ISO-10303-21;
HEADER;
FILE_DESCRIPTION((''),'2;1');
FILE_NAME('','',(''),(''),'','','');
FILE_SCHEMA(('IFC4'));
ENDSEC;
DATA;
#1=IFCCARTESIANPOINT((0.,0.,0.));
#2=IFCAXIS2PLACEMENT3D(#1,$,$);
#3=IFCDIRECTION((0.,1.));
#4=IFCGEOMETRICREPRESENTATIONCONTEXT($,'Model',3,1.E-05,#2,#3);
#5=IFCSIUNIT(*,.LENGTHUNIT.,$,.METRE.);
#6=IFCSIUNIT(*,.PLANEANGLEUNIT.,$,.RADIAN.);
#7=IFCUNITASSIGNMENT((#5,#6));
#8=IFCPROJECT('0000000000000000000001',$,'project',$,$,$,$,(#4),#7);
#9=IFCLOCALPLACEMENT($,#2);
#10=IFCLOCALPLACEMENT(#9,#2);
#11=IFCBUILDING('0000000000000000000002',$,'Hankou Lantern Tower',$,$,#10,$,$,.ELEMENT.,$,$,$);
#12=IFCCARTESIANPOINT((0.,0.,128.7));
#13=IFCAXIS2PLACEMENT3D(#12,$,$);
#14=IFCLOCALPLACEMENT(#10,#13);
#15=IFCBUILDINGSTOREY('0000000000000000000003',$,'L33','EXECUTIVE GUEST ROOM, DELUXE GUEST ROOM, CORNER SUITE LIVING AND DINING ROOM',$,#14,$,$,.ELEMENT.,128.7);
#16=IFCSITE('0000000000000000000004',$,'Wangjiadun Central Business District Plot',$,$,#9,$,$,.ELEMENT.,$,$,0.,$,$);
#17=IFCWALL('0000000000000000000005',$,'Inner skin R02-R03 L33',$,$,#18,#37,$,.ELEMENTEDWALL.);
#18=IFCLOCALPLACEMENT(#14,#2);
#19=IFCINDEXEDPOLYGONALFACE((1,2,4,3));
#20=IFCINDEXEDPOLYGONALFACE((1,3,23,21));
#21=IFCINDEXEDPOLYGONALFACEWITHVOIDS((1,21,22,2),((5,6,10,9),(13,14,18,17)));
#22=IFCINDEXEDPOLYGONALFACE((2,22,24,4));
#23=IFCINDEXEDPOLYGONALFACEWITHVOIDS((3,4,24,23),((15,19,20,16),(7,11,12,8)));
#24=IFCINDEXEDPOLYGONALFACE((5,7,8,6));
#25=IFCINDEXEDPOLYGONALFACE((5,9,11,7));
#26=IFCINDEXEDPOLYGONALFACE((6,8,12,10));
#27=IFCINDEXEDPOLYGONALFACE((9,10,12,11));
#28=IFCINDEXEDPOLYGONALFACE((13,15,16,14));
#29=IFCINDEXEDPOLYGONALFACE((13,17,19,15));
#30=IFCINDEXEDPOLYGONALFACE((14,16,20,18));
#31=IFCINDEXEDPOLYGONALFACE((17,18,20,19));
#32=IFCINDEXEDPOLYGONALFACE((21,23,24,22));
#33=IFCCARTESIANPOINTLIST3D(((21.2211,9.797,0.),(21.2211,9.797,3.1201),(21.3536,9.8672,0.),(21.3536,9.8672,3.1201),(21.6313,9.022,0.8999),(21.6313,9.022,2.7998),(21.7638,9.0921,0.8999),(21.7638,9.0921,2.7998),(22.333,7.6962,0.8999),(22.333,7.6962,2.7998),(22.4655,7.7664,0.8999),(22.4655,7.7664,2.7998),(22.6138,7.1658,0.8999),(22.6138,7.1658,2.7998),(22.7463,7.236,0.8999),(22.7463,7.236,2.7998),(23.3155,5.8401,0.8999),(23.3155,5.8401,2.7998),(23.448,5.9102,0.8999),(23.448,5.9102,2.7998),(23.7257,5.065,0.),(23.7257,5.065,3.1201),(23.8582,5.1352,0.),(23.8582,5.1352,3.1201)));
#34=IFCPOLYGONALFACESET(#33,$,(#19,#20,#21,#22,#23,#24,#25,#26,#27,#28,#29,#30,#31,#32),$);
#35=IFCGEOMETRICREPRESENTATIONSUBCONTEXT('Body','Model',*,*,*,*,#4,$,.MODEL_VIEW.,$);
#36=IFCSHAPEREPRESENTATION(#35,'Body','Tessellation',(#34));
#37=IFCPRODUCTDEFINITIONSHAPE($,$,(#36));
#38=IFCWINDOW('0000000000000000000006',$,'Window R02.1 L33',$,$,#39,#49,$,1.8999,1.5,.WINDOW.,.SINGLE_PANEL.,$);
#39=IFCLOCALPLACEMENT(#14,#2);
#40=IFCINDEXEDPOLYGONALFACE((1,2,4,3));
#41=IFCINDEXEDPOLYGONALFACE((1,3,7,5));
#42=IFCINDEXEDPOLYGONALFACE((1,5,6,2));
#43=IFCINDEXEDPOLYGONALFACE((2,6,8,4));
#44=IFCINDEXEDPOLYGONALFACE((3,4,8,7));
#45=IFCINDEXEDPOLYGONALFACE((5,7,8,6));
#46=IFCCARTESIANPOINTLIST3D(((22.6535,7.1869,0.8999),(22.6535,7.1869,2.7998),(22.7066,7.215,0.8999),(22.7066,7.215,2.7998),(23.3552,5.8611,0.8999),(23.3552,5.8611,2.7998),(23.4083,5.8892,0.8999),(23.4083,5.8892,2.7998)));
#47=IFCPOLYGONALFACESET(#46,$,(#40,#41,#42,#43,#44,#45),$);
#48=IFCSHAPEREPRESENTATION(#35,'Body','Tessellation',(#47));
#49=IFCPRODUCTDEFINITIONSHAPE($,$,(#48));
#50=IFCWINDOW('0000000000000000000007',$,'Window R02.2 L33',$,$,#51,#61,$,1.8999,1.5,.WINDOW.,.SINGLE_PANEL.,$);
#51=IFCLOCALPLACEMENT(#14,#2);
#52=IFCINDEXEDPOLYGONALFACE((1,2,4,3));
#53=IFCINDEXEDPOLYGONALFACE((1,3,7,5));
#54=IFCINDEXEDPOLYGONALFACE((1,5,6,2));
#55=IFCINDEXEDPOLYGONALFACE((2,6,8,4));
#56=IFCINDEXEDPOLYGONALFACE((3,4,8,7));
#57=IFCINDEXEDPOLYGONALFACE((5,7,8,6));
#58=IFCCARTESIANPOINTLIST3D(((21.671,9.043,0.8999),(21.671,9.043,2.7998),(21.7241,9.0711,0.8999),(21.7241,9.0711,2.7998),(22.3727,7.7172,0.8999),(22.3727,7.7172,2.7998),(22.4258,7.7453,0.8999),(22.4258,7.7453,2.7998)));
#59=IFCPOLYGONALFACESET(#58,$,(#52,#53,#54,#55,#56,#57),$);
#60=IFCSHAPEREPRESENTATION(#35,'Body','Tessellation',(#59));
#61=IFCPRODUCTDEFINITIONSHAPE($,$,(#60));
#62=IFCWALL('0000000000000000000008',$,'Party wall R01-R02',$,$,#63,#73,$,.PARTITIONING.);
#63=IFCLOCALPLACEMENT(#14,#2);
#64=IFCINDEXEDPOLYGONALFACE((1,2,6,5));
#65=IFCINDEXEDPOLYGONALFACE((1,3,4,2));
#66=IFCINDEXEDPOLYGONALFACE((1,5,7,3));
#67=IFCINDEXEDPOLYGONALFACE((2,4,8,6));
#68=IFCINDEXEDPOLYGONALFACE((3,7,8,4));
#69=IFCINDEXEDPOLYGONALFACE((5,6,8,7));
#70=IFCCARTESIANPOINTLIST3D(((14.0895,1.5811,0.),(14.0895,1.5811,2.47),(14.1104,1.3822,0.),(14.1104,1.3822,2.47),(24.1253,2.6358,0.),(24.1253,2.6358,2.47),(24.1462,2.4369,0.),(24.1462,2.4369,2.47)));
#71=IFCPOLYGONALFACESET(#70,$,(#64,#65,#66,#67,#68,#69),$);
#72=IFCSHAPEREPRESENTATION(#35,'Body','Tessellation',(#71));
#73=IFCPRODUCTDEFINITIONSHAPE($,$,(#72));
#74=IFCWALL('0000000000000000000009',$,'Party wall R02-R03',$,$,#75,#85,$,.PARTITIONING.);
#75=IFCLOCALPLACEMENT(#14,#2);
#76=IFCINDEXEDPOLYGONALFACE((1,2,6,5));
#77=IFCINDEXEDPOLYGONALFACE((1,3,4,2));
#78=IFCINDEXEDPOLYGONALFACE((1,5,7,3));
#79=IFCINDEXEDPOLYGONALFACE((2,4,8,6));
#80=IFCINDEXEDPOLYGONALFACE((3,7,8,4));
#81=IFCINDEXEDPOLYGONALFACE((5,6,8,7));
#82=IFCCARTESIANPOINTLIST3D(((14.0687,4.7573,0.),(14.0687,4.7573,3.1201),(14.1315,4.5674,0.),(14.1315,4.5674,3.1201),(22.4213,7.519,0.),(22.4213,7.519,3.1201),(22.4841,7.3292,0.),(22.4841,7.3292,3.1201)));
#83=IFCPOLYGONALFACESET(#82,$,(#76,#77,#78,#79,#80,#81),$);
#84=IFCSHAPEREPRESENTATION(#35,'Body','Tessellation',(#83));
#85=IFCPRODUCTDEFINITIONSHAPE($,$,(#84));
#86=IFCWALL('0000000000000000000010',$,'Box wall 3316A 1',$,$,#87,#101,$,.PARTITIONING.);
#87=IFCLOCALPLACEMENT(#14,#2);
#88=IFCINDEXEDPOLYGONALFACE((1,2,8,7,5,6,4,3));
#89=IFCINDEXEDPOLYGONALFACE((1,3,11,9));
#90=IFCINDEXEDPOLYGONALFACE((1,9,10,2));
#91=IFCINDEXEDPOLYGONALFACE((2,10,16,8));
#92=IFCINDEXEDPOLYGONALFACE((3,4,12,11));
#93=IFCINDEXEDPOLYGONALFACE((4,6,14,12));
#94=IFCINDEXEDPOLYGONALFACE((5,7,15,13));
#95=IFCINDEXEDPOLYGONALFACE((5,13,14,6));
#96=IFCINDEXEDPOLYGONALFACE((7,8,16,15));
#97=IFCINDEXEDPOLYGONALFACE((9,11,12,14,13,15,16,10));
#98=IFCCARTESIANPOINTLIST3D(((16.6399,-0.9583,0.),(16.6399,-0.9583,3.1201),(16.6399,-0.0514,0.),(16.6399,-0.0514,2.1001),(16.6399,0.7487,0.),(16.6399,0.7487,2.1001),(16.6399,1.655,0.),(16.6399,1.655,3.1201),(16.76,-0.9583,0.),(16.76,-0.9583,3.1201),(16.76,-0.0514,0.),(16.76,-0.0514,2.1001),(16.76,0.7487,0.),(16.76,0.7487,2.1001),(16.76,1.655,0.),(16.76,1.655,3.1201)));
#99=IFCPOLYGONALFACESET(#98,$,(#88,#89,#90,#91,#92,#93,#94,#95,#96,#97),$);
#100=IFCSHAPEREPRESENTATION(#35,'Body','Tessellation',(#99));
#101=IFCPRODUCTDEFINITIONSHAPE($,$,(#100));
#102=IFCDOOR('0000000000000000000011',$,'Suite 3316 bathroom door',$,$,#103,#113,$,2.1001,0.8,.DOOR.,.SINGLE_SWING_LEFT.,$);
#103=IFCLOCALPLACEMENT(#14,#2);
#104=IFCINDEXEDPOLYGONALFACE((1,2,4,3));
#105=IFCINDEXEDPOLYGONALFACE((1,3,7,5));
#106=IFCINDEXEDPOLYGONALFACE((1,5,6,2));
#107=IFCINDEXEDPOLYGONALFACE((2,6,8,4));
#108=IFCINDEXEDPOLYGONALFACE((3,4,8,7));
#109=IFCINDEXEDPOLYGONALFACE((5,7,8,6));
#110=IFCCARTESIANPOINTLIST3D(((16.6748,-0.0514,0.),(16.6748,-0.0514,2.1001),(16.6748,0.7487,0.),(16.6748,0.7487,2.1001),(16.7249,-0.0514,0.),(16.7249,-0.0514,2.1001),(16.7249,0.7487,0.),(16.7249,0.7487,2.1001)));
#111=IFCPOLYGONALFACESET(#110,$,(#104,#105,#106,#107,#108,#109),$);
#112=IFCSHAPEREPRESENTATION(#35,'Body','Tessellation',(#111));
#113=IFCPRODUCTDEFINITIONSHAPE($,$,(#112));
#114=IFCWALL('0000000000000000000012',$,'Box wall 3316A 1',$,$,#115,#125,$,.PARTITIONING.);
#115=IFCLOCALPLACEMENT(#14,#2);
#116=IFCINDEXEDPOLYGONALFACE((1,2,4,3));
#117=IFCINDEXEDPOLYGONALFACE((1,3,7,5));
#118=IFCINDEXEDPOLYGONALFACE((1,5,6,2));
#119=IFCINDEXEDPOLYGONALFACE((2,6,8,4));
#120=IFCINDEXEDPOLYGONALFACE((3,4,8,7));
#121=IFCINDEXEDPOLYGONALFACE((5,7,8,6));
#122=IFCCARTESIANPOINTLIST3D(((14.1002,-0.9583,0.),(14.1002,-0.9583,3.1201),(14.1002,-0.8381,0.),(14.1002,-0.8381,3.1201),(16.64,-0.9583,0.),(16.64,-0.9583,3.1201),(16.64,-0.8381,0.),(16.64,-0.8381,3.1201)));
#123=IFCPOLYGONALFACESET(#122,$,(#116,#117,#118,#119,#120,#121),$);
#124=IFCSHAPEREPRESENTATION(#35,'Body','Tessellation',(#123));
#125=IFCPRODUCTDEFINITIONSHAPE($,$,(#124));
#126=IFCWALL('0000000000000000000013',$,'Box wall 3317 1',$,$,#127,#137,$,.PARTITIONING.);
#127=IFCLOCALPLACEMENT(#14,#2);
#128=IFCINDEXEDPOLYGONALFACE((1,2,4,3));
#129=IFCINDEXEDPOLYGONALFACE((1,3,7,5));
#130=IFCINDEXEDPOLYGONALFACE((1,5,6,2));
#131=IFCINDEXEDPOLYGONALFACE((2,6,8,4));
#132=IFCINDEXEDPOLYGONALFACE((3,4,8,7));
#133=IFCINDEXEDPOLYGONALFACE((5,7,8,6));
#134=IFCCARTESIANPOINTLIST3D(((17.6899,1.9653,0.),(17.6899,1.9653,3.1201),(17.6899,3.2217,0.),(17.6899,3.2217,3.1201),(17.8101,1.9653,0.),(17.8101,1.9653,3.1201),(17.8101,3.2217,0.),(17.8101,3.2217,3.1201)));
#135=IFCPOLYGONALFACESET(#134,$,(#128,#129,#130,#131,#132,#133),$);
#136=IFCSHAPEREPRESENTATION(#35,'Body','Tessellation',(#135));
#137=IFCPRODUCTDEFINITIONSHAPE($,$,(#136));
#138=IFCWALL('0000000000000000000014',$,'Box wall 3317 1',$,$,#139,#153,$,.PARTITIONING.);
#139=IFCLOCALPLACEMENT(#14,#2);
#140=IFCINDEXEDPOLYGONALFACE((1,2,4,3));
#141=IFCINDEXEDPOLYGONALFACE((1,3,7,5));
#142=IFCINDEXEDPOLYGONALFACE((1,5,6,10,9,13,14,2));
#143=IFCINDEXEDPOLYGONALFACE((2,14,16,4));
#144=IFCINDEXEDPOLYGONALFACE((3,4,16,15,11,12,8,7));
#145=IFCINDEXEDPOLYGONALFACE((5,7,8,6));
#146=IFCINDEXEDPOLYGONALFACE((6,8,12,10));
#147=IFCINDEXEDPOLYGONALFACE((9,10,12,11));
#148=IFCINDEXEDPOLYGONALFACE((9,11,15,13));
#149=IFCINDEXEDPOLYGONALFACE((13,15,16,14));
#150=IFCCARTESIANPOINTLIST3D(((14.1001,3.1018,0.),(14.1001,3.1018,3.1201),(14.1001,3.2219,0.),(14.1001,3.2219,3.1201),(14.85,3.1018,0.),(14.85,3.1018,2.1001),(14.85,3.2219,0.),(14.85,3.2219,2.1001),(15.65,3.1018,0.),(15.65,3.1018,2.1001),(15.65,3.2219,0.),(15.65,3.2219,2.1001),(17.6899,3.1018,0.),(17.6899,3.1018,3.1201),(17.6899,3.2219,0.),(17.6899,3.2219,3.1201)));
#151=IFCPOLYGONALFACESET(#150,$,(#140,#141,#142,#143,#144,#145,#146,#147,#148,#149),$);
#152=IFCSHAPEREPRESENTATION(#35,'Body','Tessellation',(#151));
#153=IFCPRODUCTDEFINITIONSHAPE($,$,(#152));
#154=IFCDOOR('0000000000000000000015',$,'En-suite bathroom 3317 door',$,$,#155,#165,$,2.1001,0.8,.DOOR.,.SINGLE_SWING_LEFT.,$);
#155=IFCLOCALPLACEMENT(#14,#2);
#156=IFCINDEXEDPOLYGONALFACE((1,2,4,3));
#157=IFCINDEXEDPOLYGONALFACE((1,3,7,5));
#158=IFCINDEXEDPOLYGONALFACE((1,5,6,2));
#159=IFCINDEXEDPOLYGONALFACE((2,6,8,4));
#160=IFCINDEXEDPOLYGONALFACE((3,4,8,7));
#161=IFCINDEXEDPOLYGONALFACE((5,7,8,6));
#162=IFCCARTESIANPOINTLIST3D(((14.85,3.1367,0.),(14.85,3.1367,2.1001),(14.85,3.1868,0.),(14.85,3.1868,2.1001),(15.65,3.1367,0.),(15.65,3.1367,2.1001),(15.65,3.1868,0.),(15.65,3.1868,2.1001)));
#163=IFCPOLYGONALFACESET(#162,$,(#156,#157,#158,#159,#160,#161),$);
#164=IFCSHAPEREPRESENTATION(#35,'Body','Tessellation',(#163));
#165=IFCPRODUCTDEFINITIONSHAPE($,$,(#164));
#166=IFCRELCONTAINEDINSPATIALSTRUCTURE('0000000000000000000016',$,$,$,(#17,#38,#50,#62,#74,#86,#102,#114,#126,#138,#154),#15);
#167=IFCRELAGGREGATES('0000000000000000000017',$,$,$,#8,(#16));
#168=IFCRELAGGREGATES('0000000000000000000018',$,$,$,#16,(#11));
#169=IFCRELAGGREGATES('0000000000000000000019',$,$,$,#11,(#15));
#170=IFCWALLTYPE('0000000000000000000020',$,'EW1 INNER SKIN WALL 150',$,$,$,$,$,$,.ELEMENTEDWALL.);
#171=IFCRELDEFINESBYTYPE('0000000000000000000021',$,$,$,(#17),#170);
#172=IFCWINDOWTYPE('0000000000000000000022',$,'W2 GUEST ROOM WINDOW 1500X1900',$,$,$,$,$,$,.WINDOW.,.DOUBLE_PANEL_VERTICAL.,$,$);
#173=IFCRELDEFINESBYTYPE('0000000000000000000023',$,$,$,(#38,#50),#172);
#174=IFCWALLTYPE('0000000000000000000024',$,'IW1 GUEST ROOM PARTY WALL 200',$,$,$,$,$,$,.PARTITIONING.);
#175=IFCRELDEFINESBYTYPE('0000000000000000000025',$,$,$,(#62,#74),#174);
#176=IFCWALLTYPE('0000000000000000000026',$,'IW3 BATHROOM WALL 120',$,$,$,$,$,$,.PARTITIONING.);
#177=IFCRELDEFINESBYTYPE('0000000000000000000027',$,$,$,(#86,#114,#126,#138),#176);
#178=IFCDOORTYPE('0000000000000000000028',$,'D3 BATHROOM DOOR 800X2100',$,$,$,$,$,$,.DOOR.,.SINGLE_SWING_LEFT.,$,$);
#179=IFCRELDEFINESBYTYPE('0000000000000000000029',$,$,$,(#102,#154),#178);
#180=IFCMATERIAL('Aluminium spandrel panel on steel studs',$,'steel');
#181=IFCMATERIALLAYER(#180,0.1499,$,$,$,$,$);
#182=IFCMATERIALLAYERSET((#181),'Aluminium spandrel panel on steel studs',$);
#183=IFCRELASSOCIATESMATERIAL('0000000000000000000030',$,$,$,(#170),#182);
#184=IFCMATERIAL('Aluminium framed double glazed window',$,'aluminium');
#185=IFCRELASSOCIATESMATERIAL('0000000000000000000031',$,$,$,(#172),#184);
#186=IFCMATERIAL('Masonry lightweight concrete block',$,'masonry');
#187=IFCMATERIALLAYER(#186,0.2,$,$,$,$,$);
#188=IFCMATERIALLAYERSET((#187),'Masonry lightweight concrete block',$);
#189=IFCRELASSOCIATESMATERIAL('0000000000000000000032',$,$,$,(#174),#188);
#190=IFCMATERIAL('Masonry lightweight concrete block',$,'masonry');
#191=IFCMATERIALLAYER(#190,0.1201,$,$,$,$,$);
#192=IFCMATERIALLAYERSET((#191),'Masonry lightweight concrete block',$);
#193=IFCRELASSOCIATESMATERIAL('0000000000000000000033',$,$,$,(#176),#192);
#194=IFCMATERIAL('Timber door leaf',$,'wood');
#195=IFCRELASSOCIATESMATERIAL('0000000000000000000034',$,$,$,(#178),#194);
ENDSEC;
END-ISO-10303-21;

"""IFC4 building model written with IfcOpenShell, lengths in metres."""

from ifc_helpers import new_model, si_unit, direction, frame, frame_2d, origin, place, context, subcontext, project, spatial, rectangle, extrude, material, layer, layer_set, type_object, element, fill, save


model = new_model("IFC4")

# Units and contexts
model_context = context("Model", 3, precision=1e-05, world=origin(), true_north=direction((0.0, 1.0)))
body_context = subcontext(model_context, "Body", "Model", "MODEL_VIEW")
ifc_project = project(units=[si_unit("LENGTHUNIT", "METRE"), si_unit("PLANEANGLEUNIT", "RADIAN")], contexts=[model_context])

# Site, building, storey
site_placement = place(None, origin())
site = spatial("IfcSite", under=ifc_project, at=site_placement, Name="Wangjiadun Central Business District Plot", CompositionType="ELEMENT", RefElevation=0.0)
building_placement = place(site_placement, origin())
building = spatial("IfcBuilding", under=site, at=building_placement, Name="Hankou Lantern Tower", CompositionType="ELEMENT")
storey_placement = place(building_placement, frame((0.0, 0.0, 128.7)))
storey = spatial("IfcBuildingStorey", under=building, at=storey_placement, Name="L33", Description="EXECUTIVE GUEST ROOM, DELUXE GUEST ROOM, CORNER SUITE LIVING AND DINING ROOM", CompositionType="ELEMENT", Elevation=128.7)

# Wall, openings, windows
ifc_material_1 = material(Name="Aluminium spandrel panel on steel studs", Category="steel")
ifc_layer_1 = layer(ifc_material_1, 0.1499)
ifc_layer_set_1 = layer_set([ifc_layer_1], Name="Aluminium spandrel panel on steel studs")
wall_type_1 = type_object("IfcWallType", Name="EW1 INNER SKIN WALL 150", PredefinedType="ELEMENTEDWALL", material=ifc_layer_set_1)
ifc_material_2 = material(Name="Aluminium framed double glazed window", Category="aluminium")
window_type = type_object("IfcWindowType", Name="W2 GUEST ROOM WINDOW 1500X1900", PartitioningType="DOUBLE_PANEL_VERTICAL", PredefinedType="WINDOW", material=ifc_material_2)
wall_1_placement = place(storey_placement, frame((23.792, 5.1001, 0.0), z_axis=(0.0, 0.0, 1.0), x_axis=(-0.467814, 0.883827, 0.0)))
wall_1 = element("IfcWall", 1, at=wall_1_placement, inside=storey, type_object=wall_type_1, Name="Inner skin R02-R03 L33", PredefinedType="ELEMENTEDWALL", context=body_context, shape_type="SweptSolid", body=[
    extrude(rectangle(XDim=5.354, YDim=0.1499, at=frame_2d((2.677, 0.0))), origin(), (0.0, 0.0, 1.0), 3.1201),
])
opening_1_placement = place(wall_1_placement, frame((0.877, 0.0, 0.8999)))
opening_1 = element("IfcOpeningElement", 2, at=opening_1_placement, cuts=wall_1, PredefinedType="OPENING", context=body_context, shape_type="SweptSolid", body=[
    extrude(rectangle(XDim=1.5, YDim=1.8999, at=frame_2d((0.75, 0.95))), frame((0.0, 0.085, 0.0), z_axis=(0.0, -1.0, 0.0), x_axis=(1.0, 0.0, 0.0)), (0.0, 0.0, 1.0), 0.1699),
])
opening_2_placement = place(wall_1_placement, frame((2.9771, 0.0, 0.8999)))
opening_2 = element("IfcOpeningElement", 3, at=opening_2_placement, cuts=wall_1, PredefinedType="OPENING", context=body_context, shape_type="SweptSolid", body=[
    extrude(rectangle(XDim=1.5, YDim=1.8999, at=frame_2d((0.75, 0.95))), frame((0.0, 0.085, 0.0), z_axis=(0.0, -1.0, 0.0), x_axis=(1.0, 0.0, 0.0)), (0.0, 0.0, 1.0), 0.1699),
])
window_1_placement = place(opening_1_placement, origin())
window_1 = element("IfcWindow", 4, at=window_1_placement, inside=storey, type_object=window_type, Name="Window R02.1 L33", OverallHeight=1.8999, OverallWidth=1.5, PartitioningType="SINGLE_PANEL", PredefinedType="WINDOW", context=body_context, shape_type="SweptSolid", body=[
    extrude(rectangle(XDim=1.5, YDim=1.8999, at=frame_2d((0.75, 0.95))), frame((0.0, 0.03, 0.0), z_axis=(0.0, -1.0, 0.0), x_axis=(1.0, 0.0, 0.0)), (0.0, 0.0, 1.0), 0.0601),
])
fill(opening_1, window_1)
window_2_placement = place(opening_2_placement, origin())
window_2 = element("IfcWindow", 5, at=window_2_placement, inside=storey, type_object=window_type, Name="Window R02.2 L33", OverallHeight=1.8999, OverallWidth=1.5, PartitioningType="SINGLE_PANEL", PredefinedType="WINDOW", context=body_context, shape_type="SweptSolid", body=[
    extrude(rectangle(XDim=1.5, YDim=1.8999, at=frame_2d((0.75, 0.95))), frame((0.0, 0.03, 0.0), z_axis=(0.0, -1.0, 0.0), x_axis=(1.0, 0.0, 0.0)), (0.0, 0.0, 1.0), 0.0601),
])
fill(opening_2, window_2)

# Walls
ifc_material_3 = material(Name="Masonry lightweight concrete block", Category="masonry")
ifc_layer_2 = layer(ifc_material_3, 0.2)
ifc_layer_set_2 = layer_set([ifc_layer_2], Name="Masonry lightweight concrete block")
wall_type_2 = type_object("IfcWallType", Name="IW1 GUEST ROOM PARTY WALL 200", PredefinedType="PARTITIONING", material=ifc_layer_set_2)
wall_2_placement = place(storey_placement, frame((14.1001, 1.4817, 0.0), z_axis=(0.0, 0.0, 1.0), x_axis=(0.994523, 0.104516, 0.0)))
element("IfcWall", 6, at=wall_2_placement, inside=storey, type_object=wall_type_2, Name="Party wall R01-R02", PredefinedType="PARTITIONING", context=body_context, shape_type="SweptSolid", body=[
    extrude(rectangle(XDim=10.0911, YDim=0.2, at=frame_2d((5.0454, 0.0))), origin(), (0.0, 0.0, 1.0), 2.47),
])
wall_3_placement = place(storey_placement, frame((14.1001, 4.6624, 0.0), z_axis=(0.0, 0.0, 1.0), x_axis=(0.949446, 0.313929, 0.0)))
element("IfcWall", 7, at=wall_3_placement, inside=storey, type_object=wall_type_2, Name="Party wall R02-R03", PredefinedType="PARTITIONING", context=body_context, shape_type="SweptSolid", body=[
    extrude(rectangle(XDim=8.7974, YDim=0.2, at=frame_2d((4.3987, 0.0))), origin(), (0.0, 0.0, 1.0), 3.1201),
])

# Wall, opening, door
ifc_material_4 = material(Name="Masonry lightweight concrete block", Category="masonry")
ifc_layer_3 = layer(ifc_material_4, 0.1201)
ifc_layer_set_3 = layer_set([ifc_layer_3], Name="Masonry lightweight concrete block")
wall_type_3 = type_object("IfcWallType", Name="IW3 BATHROOM WALL 120", PredefinedType="PARTITIONING", material=ifc_layer_set_3)
wall_4_placement = place(storey_placement, frame((16.7, 1.655, 0.0), z_axis=(0.0, 0.0, 1.0), x_axis=(0.0, -1.0, 0.0)))
wall_4 = element("IfcWall", 8, at=wall_4_placement, inside=storey, type_object=wall_type_3, Name="Box wall 3316A 1", PredefinedType="PARTITIONING", context=body_context, shape_type="SweptSolid", body=[
    extrude(rectangle(XDim=2.6133, YDim=0.1201, at=frame_2d((1.3066, 0.0))), origin(), (0.0, 0.0, 1.0), 3.1201),
])
opening_3_placement = place(wall_4_placement, frame((0.9065, 0.0, 0.0)))
opening_3 = element("IfcOpeningElement", 9, at=opening_3_placement, cuts=wall_4, PredefinedType="OPENING", context=body_context, shape_type="SweptSolid", body=[
    extrude(rectangle(XDim=0.8, YDim=2.1001, at=frame_2d((0.3999, 1.05))), frame((0.0, 0.0701, 0.0), z_axis=(0.0, -1.0, 0.0), x_axis=(1.0, 0.0, 0.0)), (0.0, 0.0, 1.0), 0.1401),
])
ifc_material_5 = material(Name="Timber door leaf", Category="wood")
door_type = type_object("IfcDoorType", Name="D3 BATHROOM DOOR 800X2100", OperationType="SINGLE_SWING_LEFT", PredefinedType="DOOR", material=ifc_material_5)
door_1_placement = place(opening_3_placement, origin())
door_1 = element("IfcDoor", 10, at=door_1_placement, inside=storey, type_object=door_type, Name="Suite 3316 bathroom door", OperationType="SINGLE_SWING_LEFT", OverallHeight=2.1001, OverallWidth=0.8, PredefinedType="DOOR", context=body_context, shape_type="SweptSolid", body=[
    extrude(rectangle(XDim=0.8, YDim=2.1001, at=frame_2d((0.3999, 1.05))), frame((0.0, 0.0249, 0.0), z_axis=(0.0, -1.0, 0.0), x_axis=(1.0, 0.0, 0.0)), (0.0, 0.0, 1.0), 0.05),
])
fill(opening_3, door_1)

# Walls
wall_5_placement = place(storey_placement, frame((14.1001, -0.8982, 0.0), z_axis=(0.0, 0.0, 1.0), x_axis=(1.0, 0.0, 0.0)))
element("IfcWall", 11, at=wall_5_placement, inside=storey, type_object=wall_type_3, Name="Box wall 3316A 1", PredefinedType="PARTITIONING", context=body_context, shape_type="SweptSolid", body=[
    extrude(rectangle(XDim=2.5398, YDim=0.1201, at=frame_2d((1.27, 0.0))), origin(), (0.0, 0.0, 1.0), 3.1201),
])
wall_6_placement = place(storey_placement, frame((17.75, 1.9653, 0.0), z_axis=(0.0, 0.0, 1.0), x_axis=(0.0, 1.0, 0.0)))
element("IfcWall", 12, at=wall_6_placement, inside=storey, type_object=wall_type_3, Name="Box wall 3317 1", PredefinedType="PARTITIONING", context=body_context, shape_type="SweptSolid", body=[
    extrude(rectangle(XDim=1.2563, YDim=0.1201, at=frame_2d((0.6282, 0.0))), origin(), (0.0, 0.0, 1.0), 3.1201),
])

# Wall, opening, door
wall_7_placement = place(storey_placement, frame((14.1001, 3.1619, 0.0), z_axis=(0.0, 0.0, 1.0), x_axis=(1.0, 0.0, 0.0)))
wall_7 = element("IfcWall", 13, at=wall_7_placement, inside=storey, type_object=wall_type_3, Name="Box wall 3317 1", PredefinedType="PARTITIONING", context=body_context, shape_type="SweptSolid", body=[
    extrude(rectangle(XDim=3.5898, YDim=0.1201, at=frame_2d((1.7949, 0.0))), origin(), (0.0, 0.0, 1.0), 3.1201),
])
opening_4_placement = place(wall_7_placement, frame((0.75, 0.0, 0.0)))
opening_4 = element("IfcOpeningElement", 14, at=opening_4_placement, cuts=wall_7, PredefinedType="OPENING", context=body_context, shape_type="SweptSolid", body=[
    extrude(rectangle(XDim=0.8, YDim=2.1001, at=frame_2d((0.3999, 1.05))), frame((0.0, 0.0701, 0.0), z_axis=(0.0, -1.0, 0.0), x_axis=(1.0, 0.0, 0.0)), (0.0, 0.0, 1.0), 0.1401),
])
door_2_placement = place(opening_4_placement, origin())
door_2 = element("IfcDoor", 15, at=door_2_placement, inside=storey, type_object=door_type, Name="En-suite bathroom 3317 door", OperationType="SINGLE_SWING_LEFT", OverallHeight=2.1001, OverallWidth=0.8, PredefinedType="DOOR", context=body_context, shape_type="SweptSolid", body=[
    extrude(rectangle(XDim=0.8, YDim=2.1001, at=frame_2d((0.3999, 1.05))), frame((0.0, 0.0249, 0.0), z_axis=(0.0, -1.0, 0.0), x_axis=(1.0, 0.0, 0.0)), (0.0, 0.0, 1.0), 0.05),
])
fill(opening_4, door_2)

save(model, "model.ifc")
